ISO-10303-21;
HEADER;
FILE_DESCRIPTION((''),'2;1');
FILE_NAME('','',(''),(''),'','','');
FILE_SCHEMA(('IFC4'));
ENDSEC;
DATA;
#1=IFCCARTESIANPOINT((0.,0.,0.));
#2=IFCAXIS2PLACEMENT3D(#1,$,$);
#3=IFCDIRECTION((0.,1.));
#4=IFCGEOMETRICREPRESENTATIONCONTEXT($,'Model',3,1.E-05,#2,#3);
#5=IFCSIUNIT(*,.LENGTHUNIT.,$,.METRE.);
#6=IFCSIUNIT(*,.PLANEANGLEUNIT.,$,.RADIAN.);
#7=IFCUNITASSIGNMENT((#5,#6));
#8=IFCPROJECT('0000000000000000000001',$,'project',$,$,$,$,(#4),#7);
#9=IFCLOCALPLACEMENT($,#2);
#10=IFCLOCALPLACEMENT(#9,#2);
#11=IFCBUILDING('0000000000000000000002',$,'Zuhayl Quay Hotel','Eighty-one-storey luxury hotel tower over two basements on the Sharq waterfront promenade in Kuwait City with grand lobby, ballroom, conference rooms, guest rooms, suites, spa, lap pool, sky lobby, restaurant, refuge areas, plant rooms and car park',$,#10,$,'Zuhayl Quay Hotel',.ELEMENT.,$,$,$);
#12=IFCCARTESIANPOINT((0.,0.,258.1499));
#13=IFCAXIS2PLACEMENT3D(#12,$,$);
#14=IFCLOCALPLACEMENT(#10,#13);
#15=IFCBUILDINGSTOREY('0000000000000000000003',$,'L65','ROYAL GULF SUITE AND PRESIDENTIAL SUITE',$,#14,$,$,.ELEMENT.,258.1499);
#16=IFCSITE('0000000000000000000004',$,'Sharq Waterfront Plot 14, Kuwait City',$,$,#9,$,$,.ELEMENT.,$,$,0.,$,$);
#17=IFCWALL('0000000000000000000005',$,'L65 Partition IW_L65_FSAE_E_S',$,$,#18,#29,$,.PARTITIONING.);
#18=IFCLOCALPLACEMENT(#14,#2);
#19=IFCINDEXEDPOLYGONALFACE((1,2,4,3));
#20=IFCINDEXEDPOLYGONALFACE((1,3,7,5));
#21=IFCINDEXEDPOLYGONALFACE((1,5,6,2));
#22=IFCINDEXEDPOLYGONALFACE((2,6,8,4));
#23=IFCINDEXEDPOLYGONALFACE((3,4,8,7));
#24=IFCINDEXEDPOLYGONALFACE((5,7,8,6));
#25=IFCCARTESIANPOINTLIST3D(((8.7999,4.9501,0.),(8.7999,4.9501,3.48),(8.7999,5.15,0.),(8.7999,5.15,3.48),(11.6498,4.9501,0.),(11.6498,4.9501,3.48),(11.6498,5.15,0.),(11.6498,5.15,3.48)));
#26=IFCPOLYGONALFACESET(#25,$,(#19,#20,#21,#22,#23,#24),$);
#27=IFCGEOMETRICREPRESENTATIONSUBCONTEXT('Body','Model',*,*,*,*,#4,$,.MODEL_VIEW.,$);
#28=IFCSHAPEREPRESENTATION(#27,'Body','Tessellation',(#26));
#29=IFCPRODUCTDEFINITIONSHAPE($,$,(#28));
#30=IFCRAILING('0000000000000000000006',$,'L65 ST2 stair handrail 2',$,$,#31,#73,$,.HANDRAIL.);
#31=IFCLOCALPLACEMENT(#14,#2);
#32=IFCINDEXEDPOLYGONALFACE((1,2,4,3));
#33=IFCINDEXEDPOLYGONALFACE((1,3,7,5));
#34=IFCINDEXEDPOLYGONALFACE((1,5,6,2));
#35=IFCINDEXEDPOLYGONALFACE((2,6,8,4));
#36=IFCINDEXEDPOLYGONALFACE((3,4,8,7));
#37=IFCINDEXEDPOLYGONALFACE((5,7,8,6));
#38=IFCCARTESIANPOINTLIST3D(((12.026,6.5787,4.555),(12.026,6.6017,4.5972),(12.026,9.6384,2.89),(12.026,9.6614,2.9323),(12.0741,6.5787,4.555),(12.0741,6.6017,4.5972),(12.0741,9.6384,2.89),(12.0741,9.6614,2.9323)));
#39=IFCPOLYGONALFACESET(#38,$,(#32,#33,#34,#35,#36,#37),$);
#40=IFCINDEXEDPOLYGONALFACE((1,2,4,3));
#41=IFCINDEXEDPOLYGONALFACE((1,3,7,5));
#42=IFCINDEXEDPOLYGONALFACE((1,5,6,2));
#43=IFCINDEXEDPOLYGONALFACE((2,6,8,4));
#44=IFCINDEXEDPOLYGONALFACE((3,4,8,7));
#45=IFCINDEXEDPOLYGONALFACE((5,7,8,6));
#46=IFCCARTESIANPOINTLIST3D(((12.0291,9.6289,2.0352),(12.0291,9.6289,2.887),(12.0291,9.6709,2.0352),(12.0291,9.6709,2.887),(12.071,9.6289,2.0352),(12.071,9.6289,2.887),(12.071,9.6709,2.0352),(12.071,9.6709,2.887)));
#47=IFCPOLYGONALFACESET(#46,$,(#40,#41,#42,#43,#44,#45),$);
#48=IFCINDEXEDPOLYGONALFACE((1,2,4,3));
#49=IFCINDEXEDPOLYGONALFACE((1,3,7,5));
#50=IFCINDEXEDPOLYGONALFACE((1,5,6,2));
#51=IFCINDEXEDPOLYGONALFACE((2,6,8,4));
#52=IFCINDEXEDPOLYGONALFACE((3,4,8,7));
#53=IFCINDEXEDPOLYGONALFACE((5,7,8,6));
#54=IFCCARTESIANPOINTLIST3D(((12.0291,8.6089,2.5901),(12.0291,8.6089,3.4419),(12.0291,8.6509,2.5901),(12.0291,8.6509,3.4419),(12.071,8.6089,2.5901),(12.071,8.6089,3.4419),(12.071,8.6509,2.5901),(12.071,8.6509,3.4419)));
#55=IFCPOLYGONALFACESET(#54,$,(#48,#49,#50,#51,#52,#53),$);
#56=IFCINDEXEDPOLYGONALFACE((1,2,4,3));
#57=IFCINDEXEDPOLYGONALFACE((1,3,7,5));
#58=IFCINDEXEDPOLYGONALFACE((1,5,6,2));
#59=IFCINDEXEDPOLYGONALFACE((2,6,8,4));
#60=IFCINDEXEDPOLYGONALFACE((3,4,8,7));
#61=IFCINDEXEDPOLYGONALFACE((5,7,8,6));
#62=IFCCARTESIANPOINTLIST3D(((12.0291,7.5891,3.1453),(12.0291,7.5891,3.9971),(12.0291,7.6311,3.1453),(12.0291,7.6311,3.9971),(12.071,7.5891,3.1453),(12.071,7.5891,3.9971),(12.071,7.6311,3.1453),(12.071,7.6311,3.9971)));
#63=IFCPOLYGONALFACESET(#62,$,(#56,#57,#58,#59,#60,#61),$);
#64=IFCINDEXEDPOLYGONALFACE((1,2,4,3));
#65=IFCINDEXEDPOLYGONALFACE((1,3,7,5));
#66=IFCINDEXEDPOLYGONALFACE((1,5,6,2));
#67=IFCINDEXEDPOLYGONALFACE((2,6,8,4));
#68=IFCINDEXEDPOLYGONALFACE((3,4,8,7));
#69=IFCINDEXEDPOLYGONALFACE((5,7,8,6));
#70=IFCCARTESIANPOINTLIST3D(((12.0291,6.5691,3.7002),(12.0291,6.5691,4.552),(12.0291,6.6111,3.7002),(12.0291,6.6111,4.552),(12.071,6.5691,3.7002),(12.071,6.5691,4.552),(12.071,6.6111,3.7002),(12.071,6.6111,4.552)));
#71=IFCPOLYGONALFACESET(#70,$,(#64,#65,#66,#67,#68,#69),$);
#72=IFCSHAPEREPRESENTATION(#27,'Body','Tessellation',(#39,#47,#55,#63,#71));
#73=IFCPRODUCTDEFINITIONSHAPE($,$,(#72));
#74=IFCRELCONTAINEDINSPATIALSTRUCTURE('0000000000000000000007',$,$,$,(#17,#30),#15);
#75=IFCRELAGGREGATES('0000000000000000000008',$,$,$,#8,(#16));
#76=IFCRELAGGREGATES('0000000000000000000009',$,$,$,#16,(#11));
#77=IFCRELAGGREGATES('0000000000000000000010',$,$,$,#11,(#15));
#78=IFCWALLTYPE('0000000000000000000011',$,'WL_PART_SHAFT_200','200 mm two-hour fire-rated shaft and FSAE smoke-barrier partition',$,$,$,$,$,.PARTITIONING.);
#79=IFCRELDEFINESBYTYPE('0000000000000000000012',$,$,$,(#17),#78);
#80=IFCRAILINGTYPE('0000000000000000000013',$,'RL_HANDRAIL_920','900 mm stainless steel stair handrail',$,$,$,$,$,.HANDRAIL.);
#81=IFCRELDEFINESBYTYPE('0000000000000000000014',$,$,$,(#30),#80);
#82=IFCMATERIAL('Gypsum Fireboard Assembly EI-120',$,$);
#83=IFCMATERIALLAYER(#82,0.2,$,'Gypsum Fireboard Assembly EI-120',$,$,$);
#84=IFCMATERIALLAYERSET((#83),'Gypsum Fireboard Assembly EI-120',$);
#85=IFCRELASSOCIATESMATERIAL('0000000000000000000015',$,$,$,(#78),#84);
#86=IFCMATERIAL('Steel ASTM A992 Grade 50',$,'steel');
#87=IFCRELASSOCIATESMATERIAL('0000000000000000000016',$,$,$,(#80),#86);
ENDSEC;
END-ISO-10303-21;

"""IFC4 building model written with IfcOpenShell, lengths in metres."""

from ifc_helpers import new_model, si_unit, direction, frame, frame_2d, origin, origin_2d, place, context, subcontext, project, spatial, rectangle, extrude, material, layer, layer_set, type_object, element, save


model = new_model("IFC4")

# Units and contexts
model_context = context("Model", 3, precision=1e-05, world=origin(), true_north=direction((0.0, 1.0)))
body_context = subcontext(model_context, "Body", "Model", "MODEL_VIEW")
ifc_project = project(units=[si_unit("LENGTHUNIT", "METRE"), si_unit("PLANEANGLEUNIT", "RADIAN")], contexts=[model_context])

# Site, building, storey
site_placement = place(None, origin())
site = spatial("IfcSite", under=ifc_project, at=site_placement, Name="Sharq Waterfront Plot 14, Kuwait City", CompositionType="ELEMENT", RefElevation=0.0)
building_placement = place(site_placement, origin())
building = spatial("IfcBuilding", under=site, at=building_placement, Name="Zuhayl Quay Hotel", Description="Eighty-one-storey luxury hotel tower over two basements on the Sharq waterfront promenade in Kuwait City with grand lobby, ballroom, conference rooms, guest rooms, suites, spa, lap pool, sky lobby, restaurant, refuge areas, plant rooms and car park", LongName="Zuhayl Quay Hotel", CompositionType="ELEMENT")
storey_placement = place(building_placement, frame((0.0, 0.0, 258.1499)))
storey = spatial("IfcBuildingStorey", under=building, at=storey_placement, Name="L65", Description="ROYAL GULF SUITE AND PRESIDENTIAL SUITE", CompositionType="ELEMENT", Elevation=258.1499)

# Shared definitions
ifc_material_1 = material(Name="Gypsum Fireboard Assembly EI-120")
ifc_layer_1 = layer(ifc_material_1, 0.2, Name="Gypsum Fireboard Assembly EI-120")
ifc_layer_set_1 = layer_set([ifc_layer_1], Name="Gypsum Fireboard Assembly EI-120")
wall_type_1 = type_object("IfcWallType", Name="WL_PART_SHAFT_200", Description="200 mm two-hour fire-rated shaft and FSAE smoke-barrier partition", PredefinedType="PARTITIONING", material=ifc_layer_set_1)
ifc_material_2 = material(Name="Steel ASTM A992 Grade 50", Category="steel")

# Wall
wall_1_placement = place(storey_placement, frame((8.8, 5.05, 0.0), z_axis=(0.0, 0.0, 1.0), x_axis=(1.0, 0.0, 0.0)))
element("IfcWall", 1, at=wall_1_placement, inside=storey, type_object=wall_type_1, Name="L65 Partition IW_L65_FSAE_E_S", PredefinedType="PARTITIONING", context=body_context, shape_type="SweptSolid", body=[
    extrude(rectangle(XDim=2.8499, YDim=0.2, at=frame_2d((1.4248, 0.0))), origin(), (0.0, 0.0, 1.0), 3.48),
])

# Railing
railing_type = type_object("IfcRailingType", Name="RL_HANDRAIL_920", Description="900 mm stainless steel stair handrail", PredefinedType="HANDRAIL", material=ifc_material_2)
railing_placement = place(storey_placement, frame((12.05, 9.6499, 2.0352)))
element("IfcRailing", 2, at=railing_placement, inside=storey, type_object=railing_type, Name="L65 ST2 stair handrail 2", PredefinedType="HANDRAIL", context=body_context, shape_type="SweptSolid", body=[
    extrude(rectangle(XDim=0.0481, YDim=0.0481, at=origin_2d()), frame((0.0, 0.0, 0.876), z_axis=(0.0, -0.878372, 0.477978), x_axis=(1.0, 0.0, 0.0)), (0.0, 0.0, 1.0), 3.4834),
    extrude(rectangle(XDim=0.042, YDim=0.042, at=origin_2d()), origin(), (0.0, 0.0, 1.0), 0.8518),
    extrude(rectangle(XDim=0.042, YDim=0.042, at=origin_2d()), frame((0.0, -1.02, 0.5549)), (0.0, 0.0, 1.0), 0.8518),
    extrude(rectangle(XDim=0.042, YDim=0.042, at=origin_2d()), frame((0.0, -2.0398, 1.1101)), (0.0, 0.0, 1.0), 0.8518),
    extrude(rectangle(XDim=0.042, YDim=0.042, at=origin_2d()), frame((0.0, -3.0598, 1.665)), (0.0, 0.0, 1.0), 0.8518),
])

save(model, "model.ifc")
